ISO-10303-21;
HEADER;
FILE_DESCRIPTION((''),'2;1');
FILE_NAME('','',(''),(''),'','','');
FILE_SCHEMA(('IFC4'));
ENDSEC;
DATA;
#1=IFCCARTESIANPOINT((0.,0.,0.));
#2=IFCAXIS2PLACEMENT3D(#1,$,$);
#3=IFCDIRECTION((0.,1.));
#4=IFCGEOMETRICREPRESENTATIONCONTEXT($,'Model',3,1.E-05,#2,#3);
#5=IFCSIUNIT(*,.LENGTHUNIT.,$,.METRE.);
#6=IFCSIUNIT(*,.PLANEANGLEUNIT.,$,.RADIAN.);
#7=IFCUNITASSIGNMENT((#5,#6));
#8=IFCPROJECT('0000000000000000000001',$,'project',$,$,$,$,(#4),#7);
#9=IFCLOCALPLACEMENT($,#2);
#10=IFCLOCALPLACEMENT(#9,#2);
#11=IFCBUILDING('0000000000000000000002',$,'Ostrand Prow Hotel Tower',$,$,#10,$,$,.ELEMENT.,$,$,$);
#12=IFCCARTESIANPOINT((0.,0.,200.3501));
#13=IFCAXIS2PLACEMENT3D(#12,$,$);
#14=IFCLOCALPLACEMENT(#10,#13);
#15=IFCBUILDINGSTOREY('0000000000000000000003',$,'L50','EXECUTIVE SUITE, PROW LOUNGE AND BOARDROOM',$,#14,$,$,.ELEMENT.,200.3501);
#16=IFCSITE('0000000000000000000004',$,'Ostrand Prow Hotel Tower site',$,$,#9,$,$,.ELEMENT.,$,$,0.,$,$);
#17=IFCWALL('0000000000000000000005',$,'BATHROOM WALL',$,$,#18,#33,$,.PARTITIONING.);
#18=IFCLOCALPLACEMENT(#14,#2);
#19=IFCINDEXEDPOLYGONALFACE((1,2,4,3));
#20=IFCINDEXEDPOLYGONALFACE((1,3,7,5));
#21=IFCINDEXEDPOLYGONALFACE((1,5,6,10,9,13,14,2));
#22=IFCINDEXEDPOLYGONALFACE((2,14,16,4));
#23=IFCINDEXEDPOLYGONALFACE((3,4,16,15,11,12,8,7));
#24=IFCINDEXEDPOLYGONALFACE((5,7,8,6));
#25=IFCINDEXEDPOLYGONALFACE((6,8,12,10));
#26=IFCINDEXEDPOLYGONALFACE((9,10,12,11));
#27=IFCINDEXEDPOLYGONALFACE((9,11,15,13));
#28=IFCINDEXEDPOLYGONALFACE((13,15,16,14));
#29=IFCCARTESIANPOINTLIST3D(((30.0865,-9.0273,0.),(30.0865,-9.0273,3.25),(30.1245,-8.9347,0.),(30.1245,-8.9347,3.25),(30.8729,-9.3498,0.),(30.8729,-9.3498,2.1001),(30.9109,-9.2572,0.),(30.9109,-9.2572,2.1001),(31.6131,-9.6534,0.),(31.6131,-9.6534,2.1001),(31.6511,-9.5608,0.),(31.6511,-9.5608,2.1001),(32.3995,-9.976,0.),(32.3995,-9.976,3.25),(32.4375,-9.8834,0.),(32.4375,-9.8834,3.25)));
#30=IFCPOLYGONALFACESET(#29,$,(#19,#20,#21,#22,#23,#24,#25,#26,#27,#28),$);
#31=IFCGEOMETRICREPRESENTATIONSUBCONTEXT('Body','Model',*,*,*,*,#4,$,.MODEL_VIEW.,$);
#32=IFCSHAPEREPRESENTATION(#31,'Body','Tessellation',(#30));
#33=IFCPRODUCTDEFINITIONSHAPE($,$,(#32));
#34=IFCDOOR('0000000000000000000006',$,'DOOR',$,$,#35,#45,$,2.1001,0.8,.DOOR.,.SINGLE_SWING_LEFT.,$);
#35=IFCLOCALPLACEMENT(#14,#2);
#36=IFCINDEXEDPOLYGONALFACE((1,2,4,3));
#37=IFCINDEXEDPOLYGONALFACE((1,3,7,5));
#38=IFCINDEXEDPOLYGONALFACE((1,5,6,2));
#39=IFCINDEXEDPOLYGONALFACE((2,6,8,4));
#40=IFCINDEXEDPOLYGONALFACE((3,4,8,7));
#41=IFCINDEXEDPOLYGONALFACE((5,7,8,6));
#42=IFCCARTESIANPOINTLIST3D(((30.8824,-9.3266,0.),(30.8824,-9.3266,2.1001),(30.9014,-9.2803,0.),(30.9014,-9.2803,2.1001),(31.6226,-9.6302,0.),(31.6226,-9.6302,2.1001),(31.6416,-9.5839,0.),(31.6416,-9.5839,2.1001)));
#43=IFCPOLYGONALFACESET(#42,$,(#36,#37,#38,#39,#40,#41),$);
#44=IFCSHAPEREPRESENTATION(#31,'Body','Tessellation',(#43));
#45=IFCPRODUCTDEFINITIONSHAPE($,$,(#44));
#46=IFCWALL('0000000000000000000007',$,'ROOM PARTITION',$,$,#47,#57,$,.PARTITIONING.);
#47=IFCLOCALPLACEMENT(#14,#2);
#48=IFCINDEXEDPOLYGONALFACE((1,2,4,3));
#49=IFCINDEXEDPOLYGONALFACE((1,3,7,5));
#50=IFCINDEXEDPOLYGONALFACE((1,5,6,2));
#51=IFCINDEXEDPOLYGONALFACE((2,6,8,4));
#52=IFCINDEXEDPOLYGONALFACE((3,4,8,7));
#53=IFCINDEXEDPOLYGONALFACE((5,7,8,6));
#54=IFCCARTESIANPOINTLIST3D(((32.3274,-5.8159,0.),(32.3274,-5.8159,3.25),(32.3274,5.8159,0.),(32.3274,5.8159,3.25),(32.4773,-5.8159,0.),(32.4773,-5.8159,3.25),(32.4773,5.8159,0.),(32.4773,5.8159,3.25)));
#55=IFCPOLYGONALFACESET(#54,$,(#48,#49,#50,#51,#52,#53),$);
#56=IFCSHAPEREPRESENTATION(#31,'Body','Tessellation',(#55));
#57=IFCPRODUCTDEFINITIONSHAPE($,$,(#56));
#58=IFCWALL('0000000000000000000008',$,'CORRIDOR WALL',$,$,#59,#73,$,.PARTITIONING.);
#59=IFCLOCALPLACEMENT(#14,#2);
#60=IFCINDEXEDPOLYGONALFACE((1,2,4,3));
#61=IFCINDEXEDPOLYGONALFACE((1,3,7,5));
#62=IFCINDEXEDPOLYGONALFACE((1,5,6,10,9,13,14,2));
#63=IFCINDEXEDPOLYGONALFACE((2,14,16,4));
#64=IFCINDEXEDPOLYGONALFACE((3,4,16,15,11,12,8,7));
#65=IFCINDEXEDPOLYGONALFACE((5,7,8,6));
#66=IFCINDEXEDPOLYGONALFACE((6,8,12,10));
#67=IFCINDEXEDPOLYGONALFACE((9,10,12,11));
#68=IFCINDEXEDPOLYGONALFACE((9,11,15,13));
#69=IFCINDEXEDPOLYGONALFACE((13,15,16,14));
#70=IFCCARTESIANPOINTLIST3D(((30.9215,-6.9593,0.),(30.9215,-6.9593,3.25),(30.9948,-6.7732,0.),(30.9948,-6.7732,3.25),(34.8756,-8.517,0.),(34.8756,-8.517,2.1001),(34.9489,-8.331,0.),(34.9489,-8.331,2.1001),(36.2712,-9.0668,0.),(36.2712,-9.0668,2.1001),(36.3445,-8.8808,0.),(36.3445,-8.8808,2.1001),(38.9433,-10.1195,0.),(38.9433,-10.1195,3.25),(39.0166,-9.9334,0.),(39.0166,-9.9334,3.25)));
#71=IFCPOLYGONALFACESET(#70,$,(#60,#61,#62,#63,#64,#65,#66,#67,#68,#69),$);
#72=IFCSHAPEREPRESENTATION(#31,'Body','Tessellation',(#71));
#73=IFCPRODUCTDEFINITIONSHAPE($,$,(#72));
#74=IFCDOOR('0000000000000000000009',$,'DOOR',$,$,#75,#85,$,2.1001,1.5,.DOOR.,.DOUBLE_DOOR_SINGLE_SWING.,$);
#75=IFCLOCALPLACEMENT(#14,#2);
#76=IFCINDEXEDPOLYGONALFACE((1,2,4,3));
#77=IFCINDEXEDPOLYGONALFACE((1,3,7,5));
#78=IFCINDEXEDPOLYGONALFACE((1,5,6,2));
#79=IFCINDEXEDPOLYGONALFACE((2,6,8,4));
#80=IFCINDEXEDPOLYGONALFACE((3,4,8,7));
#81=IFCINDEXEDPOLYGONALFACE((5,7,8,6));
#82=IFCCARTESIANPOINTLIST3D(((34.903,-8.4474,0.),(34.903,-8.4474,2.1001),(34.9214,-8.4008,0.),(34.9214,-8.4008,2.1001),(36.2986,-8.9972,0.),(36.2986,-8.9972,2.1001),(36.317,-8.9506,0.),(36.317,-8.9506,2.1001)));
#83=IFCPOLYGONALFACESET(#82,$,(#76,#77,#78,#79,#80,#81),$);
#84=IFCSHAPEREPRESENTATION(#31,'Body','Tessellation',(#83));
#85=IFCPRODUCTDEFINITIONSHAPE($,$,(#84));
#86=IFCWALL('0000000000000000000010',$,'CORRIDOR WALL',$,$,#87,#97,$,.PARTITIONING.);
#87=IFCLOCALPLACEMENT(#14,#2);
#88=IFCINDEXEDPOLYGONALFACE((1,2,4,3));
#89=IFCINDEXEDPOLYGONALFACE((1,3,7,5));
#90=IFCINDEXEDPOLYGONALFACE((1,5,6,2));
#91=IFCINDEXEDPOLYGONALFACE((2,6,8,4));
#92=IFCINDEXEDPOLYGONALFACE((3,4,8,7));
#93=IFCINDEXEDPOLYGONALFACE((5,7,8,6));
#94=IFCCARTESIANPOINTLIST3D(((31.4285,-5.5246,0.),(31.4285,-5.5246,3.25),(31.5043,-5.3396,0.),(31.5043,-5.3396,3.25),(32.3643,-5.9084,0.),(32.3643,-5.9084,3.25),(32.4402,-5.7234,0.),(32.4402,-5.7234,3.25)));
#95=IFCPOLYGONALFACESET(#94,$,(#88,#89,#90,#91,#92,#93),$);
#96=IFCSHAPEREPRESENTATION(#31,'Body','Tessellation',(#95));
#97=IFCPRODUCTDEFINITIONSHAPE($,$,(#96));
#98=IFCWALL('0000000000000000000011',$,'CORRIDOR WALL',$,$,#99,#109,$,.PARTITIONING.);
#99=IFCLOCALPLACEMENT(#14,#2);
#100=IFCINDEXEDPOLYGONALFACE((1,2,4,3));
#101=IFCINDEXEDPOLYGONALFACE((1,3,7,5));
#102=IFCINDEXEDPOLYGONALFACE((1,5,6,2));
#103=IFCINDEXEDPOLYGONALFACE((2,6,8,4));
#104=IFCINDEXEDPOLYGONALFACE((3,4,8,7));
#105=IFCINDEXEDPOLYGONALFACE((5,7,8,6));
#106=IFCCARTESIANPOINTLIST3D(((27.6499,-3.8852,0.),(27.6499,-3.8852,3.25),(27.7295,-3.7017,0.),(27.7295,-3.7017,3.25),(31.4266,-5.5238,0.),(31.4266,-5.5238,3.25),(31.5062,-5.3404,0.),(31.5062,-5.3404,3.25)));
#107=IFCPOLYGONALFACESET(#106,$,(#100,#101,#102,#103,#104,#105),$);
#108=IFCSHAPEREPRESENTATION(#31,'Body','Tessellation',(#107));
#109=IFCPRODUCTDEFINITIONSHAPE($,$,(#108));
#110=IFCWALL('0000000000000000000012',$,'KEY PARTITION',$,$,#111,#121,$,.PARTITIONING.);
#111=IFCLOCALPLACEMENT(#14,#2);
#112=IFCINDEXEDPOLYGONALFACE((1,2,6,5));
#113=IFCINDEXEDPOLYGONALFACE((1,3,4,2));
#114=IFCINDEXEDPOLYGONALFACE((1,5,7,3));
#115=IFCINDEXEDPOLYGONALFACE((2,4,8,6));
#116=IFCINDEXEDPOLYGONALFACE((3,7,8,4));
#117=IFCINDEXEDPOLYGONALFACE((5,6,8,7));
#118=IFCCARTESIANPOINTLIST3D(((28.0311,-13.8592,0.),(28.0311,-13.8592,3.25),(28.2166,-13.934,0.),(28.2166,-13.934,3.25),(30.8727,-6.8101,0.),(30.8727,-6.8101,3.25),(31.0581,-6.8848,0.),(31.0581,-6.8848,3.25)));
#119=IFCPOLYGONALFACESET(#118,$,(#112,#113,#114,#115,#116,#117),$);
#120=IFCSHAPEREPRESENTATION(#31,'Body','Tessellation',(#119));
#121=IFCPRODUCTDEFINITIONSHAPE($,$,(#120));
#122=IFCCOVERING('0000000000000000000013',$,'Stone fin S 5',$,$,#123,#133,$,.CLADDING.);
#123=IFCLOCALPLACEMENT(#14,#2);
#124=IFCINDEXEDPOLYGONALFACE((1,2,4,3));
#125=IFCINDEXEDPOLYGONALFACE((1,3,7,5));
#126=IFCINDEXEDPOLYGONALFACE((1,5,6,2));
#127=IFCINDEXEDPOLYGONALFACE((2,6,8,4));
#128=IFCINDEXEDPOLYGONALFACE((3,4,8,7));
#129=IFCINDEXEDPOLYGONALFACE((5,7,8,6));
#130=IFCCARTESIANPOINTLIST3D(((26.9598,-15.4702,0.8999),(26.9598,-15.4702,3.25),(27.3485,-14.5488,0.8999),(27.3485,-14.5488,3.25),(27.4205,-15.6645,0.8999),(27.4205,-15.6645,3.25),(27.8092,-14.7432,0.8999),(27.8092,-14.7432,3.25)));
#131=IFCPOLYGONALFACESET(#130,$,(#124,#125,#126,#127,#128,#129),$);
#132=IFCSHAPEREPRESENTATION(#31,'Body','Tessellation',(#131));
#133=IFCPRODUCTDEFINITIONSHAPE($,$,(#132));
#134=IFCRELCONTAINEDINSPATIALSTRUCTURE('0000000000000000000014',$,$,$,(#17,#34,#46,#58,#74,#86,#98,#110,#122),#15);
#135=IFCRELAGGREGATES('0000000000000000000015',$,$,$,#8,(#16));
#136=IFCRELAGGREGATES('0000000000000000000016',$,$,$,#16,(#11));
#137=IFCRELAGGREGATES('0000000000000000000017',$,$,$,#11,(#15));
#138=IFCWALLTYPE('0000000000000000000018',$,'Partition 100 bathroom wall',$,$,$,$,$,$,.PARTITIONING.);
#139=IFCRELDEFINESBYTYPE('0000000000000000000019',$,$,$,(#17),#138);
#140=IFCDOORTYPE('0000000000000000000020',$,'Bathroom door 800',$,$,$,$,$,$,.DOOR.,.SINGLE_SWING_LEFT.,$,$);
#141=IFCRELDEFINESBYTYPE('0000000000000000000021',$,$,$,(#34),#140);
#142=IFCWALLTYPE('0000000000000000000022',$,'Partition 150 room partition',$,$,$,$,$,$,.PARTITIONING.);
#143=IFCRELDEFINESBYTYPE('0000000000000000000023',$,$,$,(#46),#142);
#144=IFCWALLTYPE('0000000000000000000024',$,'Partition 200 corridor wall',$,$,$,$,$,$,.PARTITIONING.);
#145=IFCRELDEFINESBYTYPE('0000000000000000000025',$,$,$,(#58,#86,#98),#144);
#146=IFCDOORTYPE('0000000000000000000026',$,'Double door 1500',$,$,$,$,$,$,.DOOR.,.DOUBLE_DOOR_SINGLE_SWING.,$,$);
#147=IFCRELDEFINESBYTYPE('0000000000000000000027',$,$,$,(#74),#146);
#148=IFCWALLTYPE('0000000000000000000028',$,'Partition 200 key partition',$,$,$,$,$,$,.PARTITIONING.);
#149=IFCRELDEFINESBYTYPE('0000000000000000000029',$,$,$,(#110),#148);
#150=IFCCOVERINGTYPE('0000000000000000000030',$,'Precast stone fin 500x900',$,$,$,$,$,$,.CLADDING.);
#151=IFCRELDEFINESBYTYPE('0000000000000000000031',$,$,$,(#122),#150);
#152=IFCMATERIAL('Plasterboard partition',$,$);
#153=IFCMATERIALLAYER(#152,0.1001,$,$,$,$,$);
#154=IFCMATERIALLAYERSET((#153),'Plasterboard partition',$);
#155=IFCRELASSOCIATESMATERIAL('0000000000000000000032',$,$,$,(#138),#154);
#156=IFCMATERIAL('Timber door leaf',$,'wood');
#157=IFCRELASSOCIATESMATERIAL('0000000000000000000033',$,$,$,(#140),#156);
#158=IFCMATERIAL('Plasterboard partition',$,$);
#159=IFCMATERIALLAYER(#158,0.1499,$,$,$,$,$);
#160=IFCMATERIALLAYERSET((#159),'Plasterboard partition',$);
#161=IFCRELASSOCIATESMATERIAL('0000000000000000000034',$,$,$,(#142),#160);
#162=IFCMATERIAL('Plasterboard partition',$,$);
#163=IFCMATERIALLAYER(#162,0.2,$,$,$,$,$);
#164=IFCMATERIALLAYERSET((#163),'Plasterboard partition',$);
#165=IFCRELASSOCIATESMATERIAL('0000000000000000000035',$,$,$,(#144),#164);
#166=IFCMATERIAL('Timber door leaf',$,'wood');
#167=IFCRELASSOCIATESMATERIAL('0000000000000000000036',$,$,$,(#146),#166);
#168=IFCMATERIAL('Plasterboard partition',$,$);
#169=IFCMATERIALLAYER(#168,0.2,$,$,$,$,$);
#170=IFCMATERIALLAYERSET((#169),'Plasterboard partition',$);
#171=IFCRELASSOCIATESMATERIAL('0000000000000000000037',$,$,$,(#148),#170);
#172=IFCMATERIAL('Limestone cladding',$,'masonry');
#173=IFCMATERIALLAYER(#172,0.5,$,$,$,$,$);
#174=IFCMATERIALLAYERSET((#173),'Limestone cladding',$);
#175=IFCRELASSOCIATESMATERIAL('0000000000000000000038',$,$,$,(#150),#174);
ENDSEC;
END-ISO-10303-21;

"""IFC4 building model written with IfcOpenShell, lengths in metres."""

from ifc_helpers import new_model, si_unit, direction, frame, frame_2d, origin, place, context, subcontext, project, spatial, rectangle, extrude, material, layer, layer_set, type_object, element, fill, save


model = new_model("IFC4")

# Units and contexts
model_context = context("Model", 3, precision=1e-05, world=origin(), true_north=direction((0.0, 1.0)))
body_context = subcontext(model_context, "Body", "Model", "MODEL_VIEW")
ifc_project = project(units=[si_unit("LENGTHUNIT", "METRE"), si_unit("PLANEANGLEUNIT", "RADIAN")], contexts=[model_context])

# Site, building, storey
site_placement = place(None, origin())
site = spatial("IfcSite", under=ifc_project, at=site_placement, Name="Ostrand Prow Hotel Tower site", CompositionType="ELEMENT", RefElevation=0.0)
building_placement = place(site_placement, origin())
building = spatial("IfcBuilding", under=site, at=building_placement, Name="Ostrand Prow Hotel Tower", CompositionType="ELEMENT")
storey_placement = place(building_placement, frame((0.0, 0.0, 200.3501)))
storey = spatial("IfcBuildingStorey", under=building, at=storey_placement, Name="L50", Description="EXECUTIVE SUITE, PROW LOUNGE AND BOARDROOM", CompositionType="ELEMENT", Elevation=200.3501)

# Shared definitions
ifc_material_1 = material(Name="Plasterboard partition")
ifc_layer_1 = layer(ifc_material_1, 0.1001)
ifc_layer_set_1 = layer_set([ifc_layer_1], Name="Plasterboard partition")
wall_type_1 = type_object("IfcWallType", Name="Partition 100 bathroom wall", PredefinedType="PARTITIONING", material=ifc_layer_set_1)

# Shared definitions
ifc_material_2 = material(Name="Timber door leaf", Category="wood")
door_type_1 = type_object("IfcDoorType", Name="Bathroom door 800", OperationType="SINGLE_SWING_LEFT", PredefinedType="DOOR", material=ifc_material_2)

# Wall, opening, door
wall_1_placement = place(storey_placement, frame((32.4185, -9.9297, 0.0), z_axis=(0.0, 0.0, 1.0), x_axis=(-0.925195, 0.379492, 0.0)))
wall_1 = element("IfcWall", 1, at=wall_1_placement, inside=storey, type_object=wall_type_1, Name="BATHROOM WALL", PredefinedType="PARTITIONING", context=body_context, shape_type="SweptSolid", body=[
    extrude(rectangle(XDim=2.5, YDim=0.1001, at=frame_2d((1.25, 0.0))), origin(), (0.0, 0.0, 1.0), 3.25),
])
opening_1_placement = place(wall_1_placement, frame((0.8501, 0.0, 0.0)))
opening_1 = element("IfcOpeningElement", 2, at=opening_1_placement, cuts=wall_1, PredefinedType="OPENING", context=body_context, shape_type="SweptSolid", body=[
    extrude(rectangle(XDim=0.8, YDim=2.1001, at=frame_2d((0.3999, 1.05))), frame((0.0, 0.0601, 0.0), z_axis=(0.0, -1.0, 0.0), x_axis=(1.0, 0.0, 0.0)), (0.0, 0.0, 1.0), 0.1201),
])
door_1_placement = place(opening_1_placement, origin())
door_1 = element("IfcDoor", 3, at=door_1_placement, inside=storey, type_object=door_type_1, Name="DOOR", OperationType="SINGLE_SWING_LEFT", OverallHeight=2.1001, OverallWidth=0.8, PredefinedType="DOOR", context=body_context, shape_type="SweptSolid", body=[
    extrude(rectangle(XDim=0.8, YDim=2.1001, at=frame_2d((0.3999, 1.05))), frame((0.0, 0.0249, 0.0), z_axis=(0.0, -1.0, 0.0), x_axis=(1.0, 0.0, 0.0)), (0.0, 0.0, 1.0), 0.05),
])
fill(opening_1, door_1)

# Wall
ifc_material_3 = material(Name="Plasterboard partition")
ifc_layer_2 = layer(ifc_material_3, 0.1499)
ifc_layer_set_2 = layer_set([ifc_layer_2], Name="Plasterboard partition")
wall_type_2 = type_object("IfcWallType", Name="Partition 150 room partition", PredefinedType="PARTITIONING", material=ifc_layer_set_2)
wall_2_placement = place(storey_placement, frame((32.4023, -5.8159, 0.0), z_axis=(0.0, 0.0, 1.0), x_axis=(0.0, 1.0, 0.0)))
element("IfcWall", 4, at=wall_2_placement, inside=storey, type_object=wall_type_2, Name="ROOM PARTITION", PredefinedType="PARTITIONING", context=body_context, shape_type="SweptSolid", body=[
    extrude(rectangle(XDim=11.6318, YDim=0.1499, at=frame_2d((5.8159, 0.0))), origin(), (0.0, 0.0, 1.0), 3.25),
])

# Wall, opening, door
ifc_material_4 = material(Name="Plasterboard partition")
ifc_layer_3 = layer(ifc_material_4, 0.2)
ifc_layer_set_3 = layer_set([ifc_layer_3], Name="Plasterboard partition")
wall_type_3 = type_object("IfcWallType", Name="Partition 200 corridor wall", PredefinedType="PARTITIONING", material=ifc_layer_set_3)
wall_3_placement = place(storey_placement, frame((30.958, -6.8662, 0.0), z_axis=(0.0, 0.0, 1.0), x_axis=(0.930405, -0.366533, 0.0)))
wall_3 = element("IfcWall", 5, at=wall_3_placement, inside=storey, type_object=wall_type_3, Name="CORRIDOR WALL", PredefinedType="PARTITIONING", context=body_context, shape_type="SweptSolid", body=[
    extrude(rectangle(XDim=8.6218, YDim=0.2, at=frame_2d((4.311, 0.0))), origin(), (0.0, 0.0, 1.0), 3.25),
])
opening_2_placement = place(wall_3_placement, frame((4.25, 0.0, 0.0)))
opening_2 = element("IfcOpeningElement", 6, at=opening_2_placement, cuts=wall_3, PredefinedType="OPENING", context=body_context, shape_type="SweptSolid", body=[
    extrude(rectangle(XDim=1.5, YDim=2.1001, at=frame_2d((0.75, 1.05))), frame((0.0, 0.1099, 0.0), z_axis=(0.0, -1.0, 0.0), x_axis=(1.0, 0.0, 0.0)), (0.0, 0.0, 1.0), 0.22),
])
ifc_material_5 = material(Name="Timber door leaf", Category="wood")
door_type_2 = type_object("IfcDoorType", Name="Double door 1500", OperationType="DOUBLE_DOOR_SINGLE_SWING", PredefinedType="DOOR", material=ifc_material_5)
door_2_placement = place(opening_2_placement, origin())
door_2 = element("IfcDoor", 7, at=door_2_placement, inside=storey, type_object=door_type_2, Name="DOOR", OperationType="DOUBLE_DOOR_SINGLE_SWING", OverallHeight=2.1001, OverallWidth=1.5, PredefinedType="DOOR", context=body_context, shape_type="SweptSolid", body=[
    extrude(rectangle(XDim=1.5, YDim=2.1001, at=frame_2d((0.75, 1.05))), frame((0.0, 0.0249, 0.0), z_axis=(0.0, -1.0, 0.0), x_axis=(1.0, 0.0, 0.0)), (0.0, 0.0, 1.0), 0.05),
])
fill(opening_2, door_2)

# Walls
wall_4_placement = place(storey_placement, frame((32.4023, -5.8159, 0.0), z_axis=(0.0, 0.0, 1.0), x_axis=(-0.925212, 0.37945, 0.0)))
element("IfcWall", 8, at=wall_4_placement, inside=storey, type_object=wall_type_3, Name="CORRIDOR WALL", PredefinedType="PARTITIONING", context=body_context, shape_type="SweptSolid", body=[
    extrude(rectangle(XDim=1.0115, YDim=0.2, at=frame_2d((0.5059, 0.0))), origin(), (0.0, 0.0, 1.0), 3.25),
])
wall_5_placement = place(storey_placement, frame((31.4666, -5.4321, 0.0), z_axis=(0.0, 0.0, 1.0), x_axis=(-0.917375, 0.398023, 0.0)))
element("IfcWall", 9, at=wall_5_placement, inside=storey, type_object=wall_type_3, Name="CORRIDOR WALL", PredefinedType="PARTITIONING", context=body_context, shape_type="SweptSolid", body=[
    extrude(rectangle(XDim=4.1169, YDim=0.2, at=frame_2d((2.0586, 0.0))), origin(), (0.0, 0.0, 1.0), 3.25),
])
ifc_material_6 = material(Name="Plasterboard partition")
ifc_layer_4 = layer(ifc_material_6, 0.2)
ifc_layer_set_4 = layer_set([ifc_layer_4], Name="Plasterboard partition")
wall_type_4 = type_object("IfcWallType", Name="Partition 200 key partition", PredefinedType="PARTITIONING", material=ifc_layer_set_4)
wall_6_placement = place(storey_placement, frame((28.1238, -13.8967, 0.0), z_axis=(0.0, 0.0, 1.0), x_axis=(0.373876, 0.927479, 0.0)))
element("IfcWall", 10, at=wall_6_placement, inside=storey, type_object=wall_type_4, Name="KEY PARTITION", PredefinedType="PARTITIONING", context=body_context, shape_type="SweptSolid", body=[
    extrude(rectangle(XDim=7.6003, YDim=0.2, at=frame_2d((3.8003, 0.0))), origin(), (0.0, 0.0, 1.0), 3.25),
])

# Covering
ifc_material_7 = material(Name="Limestone cladding", Category="masonry")
ifc_layer_5 = layer(ifc_material_7, 0.5)
ifc_layer_set_5 = layer_set([ifc_layer_5], Name="Limestone cladding")
covering_type = type_object("IfcCoveringType", Name="Precast stone fin 500x900", PredefinedType="CLADDING", material=ifc_layer_set_5)
covering_placement = place(storey_placement, frame((27.5789, -14.646, 0.8999), z_axis=(0.0, 0.0, 1.0), x_axis=(-0.388668, -0.921378, 0.0)))
element("IfcCovering", 11, at=covering_placement, inside=storey, type_object=covering_type, Name="Stone fin S 5", PredefinedType="CLADDING", context=body_context, shape_type="SweptSolid", body=[
    extrude(rectangle(XDim=1.0, YDim=0.5, at=frame_2d((0.5, 0.0))), origin(), (0.0, 0.0, 1.0), 2.3501),
])

save(model, "model.ifc")
